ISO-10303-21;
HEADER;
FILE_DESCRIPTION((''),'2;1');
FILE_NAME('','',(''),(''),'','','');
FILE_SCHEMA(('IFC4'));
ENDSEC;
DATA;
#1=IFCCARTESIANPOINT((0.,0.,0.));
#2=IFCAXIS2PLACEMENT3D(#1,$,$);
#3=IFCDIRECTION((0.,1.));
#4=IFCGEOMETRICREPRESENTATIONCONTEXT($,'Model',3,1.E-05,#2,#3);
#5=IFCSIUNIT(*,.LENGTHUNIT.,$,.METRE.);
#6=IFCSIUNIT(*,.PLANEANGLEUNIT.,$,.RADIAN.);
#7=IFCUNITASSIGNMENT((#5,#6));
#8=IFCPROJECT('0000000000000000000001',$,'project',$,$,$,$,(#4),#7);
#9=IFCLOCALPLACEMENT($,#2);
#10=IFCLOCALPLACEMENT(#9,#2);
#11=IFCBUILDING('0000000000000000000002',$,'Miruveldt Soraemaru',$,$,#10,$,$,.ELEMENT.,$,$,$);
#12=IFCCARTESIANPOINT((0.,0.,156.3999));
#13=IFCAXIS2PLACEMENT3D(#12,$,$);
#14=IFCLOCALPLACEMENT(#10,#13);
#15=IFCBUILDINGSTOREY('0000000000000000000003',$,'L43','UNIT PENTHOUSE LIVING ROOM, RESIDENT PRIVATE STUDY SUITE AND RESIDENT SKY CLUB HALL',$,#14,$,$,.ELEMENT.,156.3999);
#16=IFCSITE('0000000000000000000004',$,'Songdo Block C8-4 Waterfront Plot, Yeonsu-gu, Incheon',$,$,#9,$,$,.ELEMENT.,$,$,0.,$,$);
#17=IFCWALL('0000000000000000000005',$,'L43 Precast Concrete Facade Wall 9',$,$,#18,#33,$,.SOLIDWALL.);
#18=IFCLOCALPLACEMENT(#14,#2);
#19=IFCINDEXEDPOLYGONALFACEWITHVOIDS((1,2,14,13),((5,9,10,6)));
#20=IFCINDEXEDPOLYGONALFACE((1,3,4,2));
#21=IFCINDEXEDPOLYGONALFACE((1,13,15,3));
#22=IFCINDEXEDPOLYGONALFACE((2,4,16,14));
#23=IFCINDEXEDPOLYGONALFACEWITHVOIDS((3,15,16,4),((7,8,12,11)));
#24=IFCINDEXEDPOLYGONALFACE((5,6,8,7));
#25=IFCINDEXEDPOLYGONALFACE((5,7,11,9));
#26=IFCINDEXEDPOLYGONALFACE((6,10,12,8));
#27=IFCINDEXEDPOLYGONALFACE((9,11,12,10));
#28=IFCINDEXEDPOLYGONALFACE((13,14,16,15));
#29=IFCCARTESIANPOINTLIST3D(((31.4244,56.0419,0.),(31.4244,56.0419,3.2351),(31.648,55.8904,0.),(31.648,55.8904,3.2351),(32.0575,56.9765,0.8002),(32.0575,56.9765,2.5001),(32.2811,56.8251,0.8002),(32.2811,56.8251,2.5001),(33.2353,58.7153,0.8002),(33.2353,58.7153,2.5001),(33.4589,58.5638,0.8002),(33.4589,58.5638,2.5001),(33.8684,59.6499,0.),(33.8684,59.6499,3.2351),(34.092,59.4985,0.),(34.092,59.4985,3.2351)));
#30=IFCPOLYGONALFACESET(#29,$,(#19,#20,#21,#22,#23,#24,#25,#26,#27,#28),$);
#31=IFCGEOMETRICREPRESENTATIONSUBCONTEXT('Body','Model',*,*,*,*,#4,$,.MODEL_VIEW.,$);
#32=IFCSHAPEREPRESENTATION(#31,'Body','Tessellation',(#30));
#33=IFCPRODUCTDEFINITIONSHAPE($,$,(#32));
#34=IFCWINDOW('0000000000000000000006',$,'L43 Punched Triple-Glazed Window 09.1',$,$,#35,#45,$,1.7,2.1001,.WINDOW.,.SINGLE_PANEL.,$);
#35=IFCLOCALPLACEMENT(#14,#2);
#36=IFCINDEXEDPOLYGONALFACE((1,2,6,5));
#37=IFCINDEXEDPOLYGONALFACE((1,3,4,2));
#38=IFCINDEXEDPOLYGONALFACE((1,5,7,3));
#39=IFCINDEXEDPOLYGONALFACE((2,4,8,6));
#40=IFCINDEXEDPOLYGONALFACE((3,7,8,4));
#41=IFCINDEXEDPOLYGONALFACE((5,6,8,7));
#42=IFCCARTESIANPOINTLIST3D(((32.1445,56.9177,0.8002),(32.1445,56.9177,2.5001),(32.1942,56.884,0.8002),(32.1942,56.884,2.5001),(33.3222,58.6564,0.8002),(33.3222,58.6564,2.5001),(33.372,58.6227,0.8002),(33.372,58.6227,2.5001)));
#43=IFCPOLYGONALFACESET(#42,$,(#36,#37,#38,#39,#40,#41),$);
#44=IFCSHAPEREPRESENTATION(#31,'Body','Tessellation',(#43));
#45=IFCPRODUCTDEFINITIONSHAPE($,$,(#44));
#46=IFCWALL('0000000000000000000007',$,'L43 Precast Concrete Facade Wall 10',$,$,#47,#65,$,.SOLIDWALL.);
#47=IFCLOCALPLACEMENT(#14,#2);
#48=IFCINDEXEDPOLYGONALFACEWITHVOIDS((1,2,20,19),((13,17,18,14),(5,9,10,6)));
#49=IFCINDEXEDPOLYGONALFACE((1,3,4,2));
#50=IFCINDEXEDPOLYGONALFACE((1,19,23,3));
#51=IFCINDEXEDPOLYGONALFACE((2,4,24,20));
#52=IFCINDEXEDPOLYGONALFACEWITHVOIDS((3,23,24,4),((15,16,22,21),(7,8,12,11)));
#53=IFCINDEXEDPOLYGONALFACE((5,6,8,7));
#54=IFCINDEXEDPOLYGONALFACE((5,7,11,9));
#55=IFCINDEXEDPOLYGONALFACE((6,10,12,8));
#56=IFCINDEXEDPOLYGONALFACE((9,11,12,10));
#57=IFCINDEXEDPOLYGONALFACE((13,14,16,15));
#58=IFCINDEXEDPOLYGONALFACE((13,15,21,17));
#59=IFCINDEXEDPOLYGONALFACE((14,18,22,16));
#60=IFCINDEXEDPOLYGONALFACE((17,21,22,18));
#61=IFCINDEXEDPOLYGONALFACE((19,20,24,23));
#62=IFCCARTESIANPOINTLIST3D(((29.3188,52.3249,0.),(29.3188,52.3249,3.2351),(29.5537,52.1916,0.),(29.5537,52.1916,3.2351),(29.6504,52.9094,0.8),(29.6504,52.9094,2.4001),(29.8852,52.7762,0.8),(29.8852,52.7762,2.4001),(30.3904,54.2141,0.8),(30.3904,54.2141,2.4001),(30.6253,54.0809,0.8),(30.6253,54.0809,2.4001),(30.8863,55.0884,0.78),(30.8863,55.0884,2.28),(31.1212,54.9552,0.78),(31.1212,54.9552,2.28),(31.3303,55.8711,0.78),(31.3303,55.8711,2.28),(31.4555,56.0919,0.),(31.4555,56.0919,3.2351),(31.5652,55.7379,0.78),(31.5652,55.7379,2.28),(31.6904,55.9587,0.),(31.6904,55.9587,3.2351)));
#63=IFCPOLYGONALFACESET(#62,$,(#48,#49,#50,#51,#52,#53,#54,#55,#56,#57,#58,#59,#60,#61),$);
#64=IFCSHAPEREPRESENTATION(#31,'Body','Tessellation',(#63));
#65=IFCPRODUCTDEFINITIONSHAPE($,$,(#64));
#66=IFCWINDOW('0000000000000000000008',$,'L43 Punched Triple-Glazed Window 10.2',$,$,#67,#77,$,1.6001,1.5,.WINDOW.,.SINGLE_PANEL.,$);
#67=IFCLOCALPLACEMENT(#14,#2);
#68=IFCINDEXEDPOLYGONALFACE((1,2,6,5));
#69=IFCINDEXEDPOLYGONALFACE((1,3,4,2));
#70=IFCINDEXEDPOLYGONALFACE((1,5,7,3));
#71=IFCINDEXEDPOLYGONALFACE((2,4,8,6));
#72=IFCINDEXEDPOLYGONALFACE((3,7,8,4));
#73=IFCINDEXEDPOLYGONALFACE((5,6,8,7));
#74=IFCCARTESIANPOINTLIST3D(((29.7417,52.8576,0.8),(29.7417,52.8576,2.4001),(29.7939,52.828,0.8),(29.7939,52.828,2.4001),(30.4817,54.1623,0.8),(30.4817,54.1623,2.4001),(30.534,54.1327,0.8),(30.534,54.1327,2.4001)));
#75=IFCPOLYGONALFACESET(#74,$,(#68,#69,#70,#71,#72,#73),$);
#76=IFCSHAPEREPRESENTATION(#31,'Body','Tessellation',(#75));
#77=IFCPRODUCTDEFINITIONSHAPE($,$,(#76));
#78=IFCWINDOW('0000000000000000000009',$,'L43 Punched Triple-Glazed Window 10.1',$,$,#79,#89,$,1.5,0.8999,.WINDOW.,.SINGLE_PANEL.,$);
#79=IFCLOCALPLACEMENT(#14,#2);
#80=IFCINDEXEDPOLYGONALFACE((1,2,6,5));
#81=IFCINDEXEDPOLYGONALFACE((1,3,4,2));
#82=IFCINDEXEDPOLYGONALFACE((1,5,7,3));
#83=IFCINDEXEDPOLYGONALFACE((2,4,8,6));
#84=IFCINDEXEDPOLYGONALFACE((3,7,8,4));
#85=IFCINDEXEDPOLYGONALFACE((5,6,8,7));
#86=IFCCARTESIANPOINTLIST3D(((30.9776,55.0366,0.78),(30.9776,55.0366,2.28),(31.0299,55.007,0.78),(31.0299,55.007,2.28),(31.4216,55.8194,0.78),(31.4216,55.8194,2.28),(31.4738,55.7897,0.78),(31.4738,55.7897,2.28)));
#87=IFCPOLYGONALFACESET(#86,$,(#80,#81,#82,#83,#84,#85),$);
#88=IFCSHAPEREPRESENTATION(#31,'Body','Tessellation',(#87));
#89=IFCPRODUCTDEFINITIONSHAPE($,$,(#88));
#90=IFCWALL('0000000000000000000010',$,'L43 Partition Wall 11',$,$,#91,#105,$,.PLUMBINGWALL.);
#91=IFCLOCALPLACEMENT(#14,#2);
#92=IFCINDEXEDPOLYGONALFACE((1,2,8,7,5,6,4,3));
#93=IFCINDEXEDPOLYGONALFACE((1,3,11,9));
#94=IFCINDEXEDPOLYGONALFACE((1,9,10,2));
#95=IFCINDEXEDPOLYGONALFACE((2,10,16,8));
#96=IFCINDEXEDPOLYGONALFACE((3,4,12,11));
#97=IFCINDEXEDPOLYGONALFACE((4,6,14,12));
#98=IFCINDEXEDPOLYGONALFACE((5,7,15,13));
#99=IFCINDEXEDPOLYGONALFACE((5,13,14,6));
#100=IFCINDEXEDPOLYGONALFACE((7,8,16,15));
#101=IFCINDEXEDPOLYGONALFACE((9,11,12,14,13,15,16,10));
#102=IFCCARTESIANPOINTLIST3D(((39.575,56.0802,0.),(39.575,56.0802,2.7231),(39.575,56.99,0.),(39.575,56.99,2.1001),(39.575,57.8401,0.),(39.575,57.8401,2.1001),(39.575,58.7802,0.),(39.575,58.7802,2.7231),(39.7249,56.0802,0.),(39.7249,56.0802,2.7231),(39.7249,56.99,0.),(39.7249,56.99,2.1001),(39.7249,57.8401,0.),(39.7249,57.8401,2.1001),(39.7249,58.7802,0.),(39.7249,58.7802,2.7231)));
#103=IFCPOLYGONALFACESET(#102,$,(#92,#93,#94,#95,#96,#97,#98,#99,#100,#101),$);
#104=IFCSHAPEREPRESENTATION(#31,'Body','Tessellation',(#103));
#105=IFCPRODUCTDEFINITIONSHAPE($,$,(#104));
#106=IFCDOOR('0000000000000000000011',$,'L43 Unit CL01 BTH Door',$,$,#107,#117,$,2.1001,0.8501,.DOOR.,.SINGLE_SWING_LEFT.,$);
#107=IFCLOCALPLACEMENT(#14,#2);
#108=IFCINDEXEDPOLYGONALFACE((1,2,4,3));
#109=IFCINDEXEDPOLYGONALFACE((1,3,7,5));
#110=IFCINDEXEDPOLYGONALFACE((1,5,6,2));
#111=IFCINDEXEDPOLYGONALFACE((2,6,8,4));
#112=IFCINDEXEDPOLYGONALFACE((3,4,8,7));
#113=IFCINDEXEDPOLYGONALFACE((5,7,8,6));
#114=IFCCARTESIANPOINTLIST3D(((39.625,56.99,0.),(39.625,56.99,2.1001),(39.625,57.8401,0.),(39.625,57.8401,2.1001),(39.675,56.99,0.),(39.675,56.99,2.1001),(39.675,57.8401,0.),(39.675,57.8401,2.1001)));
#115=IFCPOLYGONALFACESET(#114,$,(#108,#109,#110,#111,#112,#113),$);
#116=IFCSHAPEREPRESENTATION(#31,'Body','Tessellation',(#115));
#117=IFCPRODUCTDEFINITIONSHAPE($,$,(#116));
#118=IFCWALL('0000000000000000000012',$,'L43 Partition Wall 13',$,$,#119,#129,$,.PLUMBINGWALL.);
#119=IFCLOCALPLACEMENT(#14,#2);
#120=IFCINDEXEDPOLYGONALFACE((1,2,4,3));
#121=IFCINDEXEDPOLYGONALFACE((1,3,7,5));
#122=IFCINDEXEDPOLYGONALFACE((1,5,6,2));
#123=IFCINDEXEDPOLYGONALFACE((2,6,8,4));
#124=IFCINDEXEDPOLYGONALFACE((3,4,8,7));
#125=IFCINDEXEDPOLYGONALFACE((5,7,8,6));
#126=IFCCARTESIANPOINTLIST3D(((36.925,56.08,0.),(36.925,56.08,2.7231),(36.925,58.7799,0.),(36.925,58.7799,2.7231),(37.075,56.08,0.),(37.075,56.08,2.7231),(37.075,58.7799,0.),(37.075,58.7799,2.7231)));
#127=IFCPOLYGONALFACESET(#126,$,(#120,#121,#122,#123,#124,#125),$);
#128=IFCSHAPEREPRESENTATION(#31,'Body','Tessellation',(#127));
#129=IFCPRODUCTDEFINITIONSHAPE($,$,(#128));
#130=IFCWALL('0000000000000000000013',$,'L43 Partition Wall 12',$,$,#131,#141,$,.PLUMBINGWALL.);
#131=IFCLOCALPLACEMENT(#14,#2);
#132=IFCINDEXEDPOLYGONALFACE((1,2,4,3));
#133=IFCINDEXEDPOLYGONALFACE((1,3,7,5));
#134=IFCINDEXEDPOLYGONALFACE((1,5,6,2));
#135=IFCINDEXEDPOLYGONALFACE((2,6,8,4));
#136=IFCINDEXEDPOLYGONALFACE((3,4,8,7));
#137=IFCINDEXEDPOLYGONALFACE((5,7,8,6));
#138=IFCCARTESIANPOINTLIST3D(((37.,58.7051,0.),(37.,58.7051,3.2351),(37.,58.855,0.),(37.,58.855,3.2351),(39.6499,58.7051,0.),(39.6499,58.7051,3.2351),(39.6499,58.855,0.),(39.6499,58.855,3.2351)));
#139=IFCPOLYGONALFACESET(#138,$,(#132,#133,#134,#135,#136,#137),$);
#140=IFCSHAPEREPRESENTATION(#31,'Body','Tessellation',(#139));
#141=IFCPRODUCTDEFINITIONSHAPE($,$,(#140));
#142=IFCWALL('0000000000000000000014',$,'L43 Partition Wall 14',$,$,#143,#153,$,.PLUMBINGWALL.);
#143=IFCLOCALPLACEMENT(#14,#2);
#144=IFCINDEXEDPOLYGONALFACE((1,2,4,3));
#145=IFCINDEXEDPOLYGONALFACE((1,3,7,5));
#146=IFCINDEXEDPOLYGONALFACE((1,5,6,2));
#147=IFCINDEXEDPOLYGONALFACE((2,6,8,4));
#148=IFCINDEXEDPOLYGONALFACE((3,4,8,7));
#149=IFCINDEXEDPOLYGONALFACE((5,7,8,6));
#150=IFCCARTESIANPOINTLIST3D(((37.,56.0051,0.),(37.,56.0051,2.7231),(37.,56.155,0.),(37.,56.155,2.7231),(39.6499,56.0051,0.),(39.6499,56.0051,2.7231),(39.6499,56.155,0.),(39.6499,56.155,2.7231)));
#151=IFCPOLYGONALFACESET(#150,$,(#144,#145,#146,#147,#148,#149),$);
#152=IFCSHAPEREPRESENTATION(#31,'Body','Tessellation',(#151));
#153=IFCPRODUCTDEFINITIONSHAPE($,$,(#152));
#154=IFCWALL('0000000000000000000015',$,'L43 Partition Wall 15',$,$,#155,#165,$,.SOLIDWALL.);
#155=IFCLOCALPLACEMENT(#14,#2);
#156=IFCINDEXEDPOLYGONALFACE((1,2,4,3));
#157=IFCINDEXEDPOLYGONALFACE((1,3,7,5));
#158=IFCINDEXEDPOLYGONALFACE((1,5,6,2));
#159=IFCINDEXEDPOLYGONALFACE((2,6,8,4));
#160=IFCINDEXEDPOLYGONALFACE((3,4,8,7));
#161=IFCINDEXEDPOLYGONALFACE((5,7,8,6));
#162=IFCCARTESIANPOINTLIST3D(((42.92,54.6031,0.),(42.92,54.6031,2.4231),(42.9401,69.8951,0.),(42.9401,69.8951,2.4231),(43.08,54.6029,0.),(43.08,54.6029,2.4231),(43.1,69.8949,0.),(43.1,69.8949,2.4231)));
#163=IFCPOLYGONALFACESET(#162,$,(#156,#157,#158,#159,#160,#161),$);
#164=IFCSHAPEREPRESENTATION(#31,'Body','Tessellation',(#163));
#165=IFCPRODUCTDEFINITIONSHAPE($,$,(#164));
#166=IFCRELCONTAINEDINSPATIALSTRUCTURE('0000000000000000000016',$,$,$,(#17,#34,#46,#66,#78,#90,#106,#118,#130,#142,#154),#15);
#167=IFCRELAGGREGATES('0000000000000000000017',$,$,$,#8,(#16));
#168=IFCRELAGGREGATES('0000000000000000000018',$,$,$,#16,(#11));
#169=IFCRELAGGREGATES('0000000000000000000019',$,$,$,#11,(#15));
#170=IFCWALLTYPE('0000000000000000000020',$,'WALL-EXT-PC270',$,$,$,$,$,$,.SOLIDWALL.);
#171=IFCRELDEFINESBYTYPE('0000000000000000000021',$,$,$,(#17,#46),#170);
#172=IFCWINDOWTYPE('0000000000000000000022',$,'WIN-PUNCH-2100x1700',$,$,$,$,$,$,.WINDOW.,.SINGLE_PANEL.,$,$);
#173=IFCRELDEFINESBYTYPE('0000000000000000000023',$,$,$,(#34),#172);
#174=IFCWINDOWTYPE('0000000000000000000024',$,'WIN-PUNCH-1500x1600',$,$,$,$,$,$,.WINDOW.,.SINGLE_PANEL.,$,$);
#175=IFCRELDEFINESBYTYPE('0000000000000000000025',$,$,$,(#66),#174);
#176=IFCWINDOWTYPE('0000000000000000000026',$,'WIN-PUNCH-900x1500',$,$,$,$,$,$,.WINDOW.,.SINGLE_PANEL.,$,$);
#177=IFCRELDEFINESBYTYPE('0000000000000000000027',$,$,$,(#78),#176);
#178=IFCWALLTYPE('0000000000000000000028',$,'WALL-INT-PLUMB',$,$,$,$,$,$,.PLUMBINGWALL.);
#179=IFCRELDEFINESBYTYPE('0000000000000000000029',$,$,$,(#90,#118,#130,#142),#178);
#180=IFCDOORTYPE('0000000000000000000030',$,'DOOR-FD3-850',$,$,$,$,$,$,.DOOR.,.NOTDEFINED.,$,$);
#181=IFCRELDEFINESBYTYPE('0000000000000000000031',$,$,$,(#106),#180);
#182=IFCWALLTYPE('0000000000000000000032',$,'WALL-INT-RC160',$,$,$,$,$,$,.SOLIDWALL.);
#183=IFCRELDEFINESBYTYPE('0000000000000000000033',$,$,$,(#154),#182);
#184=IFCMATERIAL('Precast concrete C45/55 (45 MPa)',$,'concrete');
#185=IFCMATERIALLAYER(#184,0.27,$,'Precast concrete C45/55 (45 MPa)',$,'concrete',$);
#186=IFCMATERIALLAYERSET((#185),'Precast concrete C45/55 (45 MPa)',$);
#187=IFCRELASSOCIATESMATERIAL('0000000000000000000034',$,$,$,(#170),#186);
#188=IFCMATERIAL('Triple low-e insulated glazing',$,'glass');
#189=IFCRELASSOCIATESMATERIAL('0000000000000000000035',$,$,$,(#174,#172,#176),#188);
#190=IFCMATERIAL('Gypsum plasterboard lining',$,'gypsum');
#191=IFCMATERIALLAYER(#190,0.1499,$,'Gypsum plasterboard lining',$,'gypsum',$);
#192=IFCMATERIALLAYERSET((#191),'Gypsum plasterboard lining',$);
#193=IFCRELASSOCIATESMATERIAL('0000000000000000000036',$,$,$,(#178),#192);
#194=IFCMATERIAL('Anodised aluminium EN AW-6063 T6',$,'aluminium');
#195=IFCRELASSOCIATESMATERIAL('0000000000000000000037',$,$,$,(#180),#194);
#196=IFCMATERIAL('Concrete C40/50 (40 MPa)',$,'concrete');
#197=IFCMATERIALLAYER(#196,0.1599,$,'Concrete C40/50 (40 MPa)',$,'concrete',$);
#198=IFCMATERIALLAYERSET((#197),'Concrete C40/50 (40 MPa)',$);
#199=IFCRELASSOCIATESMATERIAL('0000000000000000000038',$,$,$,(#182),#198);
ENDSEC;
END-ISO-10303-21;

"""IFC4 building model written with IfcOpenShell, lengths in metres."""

from ifc_helpers import new_model, si_unit, direction, frame, frame_2d, origin, place, context, subcontext, project, spatial, rectangle, extrude, material, layer, layer_set, type_object, element, fill, save


model = new_model("IFC4")

# Units and contexts
model_context = context("Model", 3, precision=1e-05, world=origin(), true_north=direction((0.0, 1.0)))
body_context = subcontext(model_context, "Body", "Model", "MODEL_VIEW")
ifc_project = project(units=[si_unit("LENGTHUNIT", "METRE"), si_unit("PLANEANGLEUNIT", "RADIAN")], contexts=[model_context])

# Site, building, storey
site_placement = place(None, origin())
site = spatial("IfcSite", under=ifc_project, at=site_placement, Name="Songdo Block C8-4 Waterfront Plot, Yeonsu-gu, Incheon", CompositionType="ELEMENT", RefElevation=0.0)
building_placement = place(site_placement, origin())
building = spatial("IfcBuilding", under=site, at=building_placement, Name="Miruveldt Soraemaru", CompositionType="ELEMENT")
storey_placement = place(building_placement, frame((0.0, 0.0, 156.3999)))
storey = spatial("IfcBuildingStorey", under=building, at=storey_placement, Name="L43", Description="UNIT PENTHOUSE LIVING ROOM, RESIDENT PRIVATE STUDY SUITE AND RESIDENT SKY CLUB HALL", CompositionType="ELEMENT", Elevation=156.3999)

# Shared definitions
ifc_material_1 = material(Name="Triple low-e insulated glazing", Category="glass")
ifc_material_2 = material(Name="Precast concrete C45/55 (45 MPa)", Category="concrete")
ifc_layer_1 = layer(ifc_material_2, 0.27, Name="Precast concrete C45/55 (45 MPa)", Category="concrete")
ifc_layer_set_1 = layer_set([ifc_layer_1], Name="Precast concrete C45/55 (45 MPa)")
wall_type_1 = type_object("IfcWallType", Name="WALL-EXT-PC270", PredefinedType="SOLIDWALL", material=ifc_layer_set_1)
window_type_1 = type_object("IfcWindowType", Name="WIN-PUNCH-1500x1600", PartitioningType="SINGLE_PANEL", PredefinedType="WINDOW", material=ifc_material_1)
window_type_2 = type_object("IfcWindowType", Name="WIN-PUNCH-2100x1700", PartitioningType="SINGLE_PANEL", PredefinedType="WINDOW", material=ifc_material_1)

# Wall, opening, window
wall_1_placement = place(storey_placement, frame((33.9802, 59.5742, 0.0), z_axis=(0.0, 0.0, 1.0), x_axis=(-0.560826, -0.827934, 0.0)))
wall_1 = element("IfcWall", 1, at=wall_1_placement, inside=storey, type_object=wall_type_1, Name="L43 Precast Concrete Facade Wall 9", PredefinedType="SOLIDWALL", context=body_context, shape_type="SweptSolid", body=[
    extrude(rectangle(XDim=4.3579, YDim=0.27, at=frame_2d((2.179, 0.0))), origin(), (0.0, 0.0, 1.0), 3.2351),
])
opening_1_placement = place(wall_1_placement, frame((1.1289, 0.0, 0.8)))
opening_1 = element("IfcOpeningElement", 2, at=opening_1_placement, cuts=wall_1, PredefinedType="OPENING", context=body_context, shape_type="SweptSolid", body=[
    extrude(rectangle(XDim=2.1001, YDim=1.7, at=frame_2d((1.05, 0.8501))), frame((0.0, 0.145, 0.0), z_axis=(0.0, -1.0, 0.0), x_axis=(1.0, 0.0, 0.0)), (0.0, 0.0, 1.0), 0.29),
])
window_1_placement = place(opening_1_placement, origin())
window_1 = element("IfcWindow", 3, at=window_1_placement, inside=storey, type_object=window_type_2, Name="L43 Punched Triple-Glazed Window 09.1", OverallHeight=1.7, OverallWidth=2.1001, PartitioningType="SINGLE_PANEL", PredefinedType="WINDOW", context=body_context, shape_type="SweptSolid", body=[
    extrude(rectangle(XDim=2.1001, YDim=1.7, at=frame_2d((1.05, 0.8501))), frame((0.0, 0.03, 0.0), z_axis=(0.0, -1.0, 0.0), x_axis=(1.0, 0.0, 0.0)), (0.0, 0.0, 1.0), 0.0601),
])
fill(opening_1, window_1)

# Wall, openings, windows
wall_2_placement = place(storey_placement, frame((31.573, 56.0254, 0.0), z_axis=(0.0, 0.0, 1.0), x_axis=(-0.493368, -0.869821, 0.0)))
wall_2 = element("IfcWall", 4, at=wall_2_placement, inside=storey, type_object=wall_type_1, Name="L43 Precast Concrete Facade Wall 10", PredefinedType="SOLIDWALL", context=body_context, shape_type="SweptSolid", body=[
    extrude(rectangle(XDim=4.3308, YDim=0.27, at=frame_2d((2.1655, 0.0))), origin(), (0.0, 0.0, 1.0), 3.2351),
])
opening_2_placement = place(wall_2_placement, frame((0.2539, 0.0, 0.78)))
opening_2 = element("IfcOpeningElement", 5, at=opening_2_placement, cuts=wall_2, PredefinedType="OPENING", context=body_context, shape_type="SweptSolid", body=[
    extrude(rectangle(XDim=0.8999, YDim=1.5, at=frame_2d((0.45, 0.75))), frame((0.0, 0.145, 0.0), z_axis=(0.0, -1.0, 0.0), x_axis=(1.0, 0.0, 0.0)), (0.0, 0.0, 1.0), 0.29),
])
opening_3_placement = place(wall_2_placement, frame((2.1589, 0.0, 0.8)))
opening_3 = element("IfcOpeningElement", 6, at=opening_3_placement, cuts=wall_2, PredefinedType="OPENING", context=body_context, shape_type="SweptSolid", body=[
    extrude(rectangle(XDim=1.5, YDim=1.6001, at=frame_2d((0.75, 0.8))), frame((0.0, 0.145, 0.0), z_axis=(0.0, -1.0, 0.0), x_axis=(1.0, 0.0, 0.0)), (0.0, 0.0, 1.0), 0.29),
])
window_2_placement = place(opening_3_placement, origin())
window_2 = element("IfcWindow", 7, at=window_2_placement, inside=storey, type_object=window_type_1, Name="L43 Punched Triple-Glazed Window 10.2", OverallHeight=1.6001, OverallWidth=1.5, PartitioningType="SINGLE_PANEL", PredefinedType="WINDOW", context=body_context, shape_type="SweptSolid", body=[
    extrude(rectangle(XDim=1.5, YDim=1.6001, at=frame_2d((0.75, 0.8))), frame((0.0, 0.03, 0.0), z_axis=(0.0, -1.0, 0.0), x_axis=(1.0, 0.0, 0.0)), (0.0, 0.0, 1.0), 0.0601),
])
fill(opening_3, window_2)
window_type_3 = type_object("IfcWindowType", Name="WIN-PUNCH-900x1500", PartitioningType="SINGLE_PANEL", PredefinedType="WINDOW", material=ifc_material_1)
window_3_placement = place(opening_2_placement, origin())
window_3 = element("IfcWindow", 8, at=window_3_placement, inside=storey, type_object=window_type_3, Name="L43 Punched Triple-Glazed Window 10.1", OverallHeight=1.5, OverallWidth=0.8999, PartitioningType="SINGLE_PANEL", PredefinedType="WINDOW", context=body_context, shape_type="SweptSolid", body=[
    extrude(rectangle(XDim=0.8999, YDim=1.5, at=frame_2d((0.45, 0.75))), frame((0.0, 0.03, 0.0), z_axis=(0.0, -1.0, 0.0), x_axis=(1.0, 0.0, 0.0)), (0.0, 0.0, 1.0), 0.0601),
])
fill(opening_2, window_3)

# Wall, opening, door
ifc_material_3 = material(Name="Gypsum plasterboard lining", Category="gypsum")
ifc_layer_2 = layer(ifc_material_3, 0.1499, Name="Gypsum plasterboard lining", Category="gypsum")
ifc_layer_set_2 = layer_set([ifc_layer_2], Name="Gypsum plasterboard lining")
wall_type_2 = type_object("IfcWallType", Name="WALL-INT-PLUMB", PredefinedType="PLUMBINGWALL", material=ifc_layer_set_2)
wall_3_placement = place(storey_placement, frame((39.6499, 56.0801, 0.0), z_axis=(0.0, 0.0, 1.0), x_axis=(0.0, 1.0, 0.0)))
wall_3 = element("IfcWall", 9, at=wall_3_placement, inside=storey, type_object=wall_type_2, Name="L43 Partition Wall 11", PredefinedType="PLUMBINGWALL", context=body_context, shape_type="SweptSolid", body=[
    extrude(rectangle(XDim=2.7, YDim=0.1499, at=frame_2d((1.3501, 0.0))), origin(), (0.0, 0.0, 1.0), 2.7231),
])
opening_4_placement = place(wall_3_placement, frame((0.9099, 0.0, 0.0)))
opening_4 = element("IfcOpeningElement", 10, at=opening_4_placement, cuts=wall_3, PredefinedType="OPENING", context=body_context, shape_type="SweptSolid", body=[
    extrude(rectangle(XDim=0.8501, YDim=2.1001, at=frame_2d((0.425, 1.05))), frame((0.0, 0.085, 0.0), z_axis=(0.0, -1.0, 0.0), x_axis=(1.0, 0.0, 0.0)), (0.0, 0.0, 1.0), 0.1699),
])
ifc_material_4 = material(Name="Anodised aluminium EN AW-6063 T6", Category="aluminium")
door_type = type_object("IfcDoorType", Name="DOOR-FD3-850", OperationType="NOTDEFINED", PredefinedType="DOOR", material=ifc_material_4)
door_placement = place(opening_4_placement, origin())
door = element("IfcDoor", 11, at=door_placement, inside=storey, type_object=door_type, Name="L43 Unit CL01 BTH Door", OperationType="SINGLE_SWING_LEFT", OverallHeight=2.1001, OverallWidth=0.8501, PredefinedType="DOOR", context=body_context, shape_type="SweptSolid", body=[
    extrude(rectangle(XDim=0.8501, YDim=2.1001, at=frame_2d((0.425, 1.05))), frame((0.0, 0.0249, 0.0), z_axis=(0.0, -1.0, 0.0), x_axis=(1.0, 0.0, 0.0)), (0.0, 0.0, 1.0), 0.05),
])
fill(opening_4, door)

# Walls
wall_4_placement = place(storey_placement, frame((37.0, 58.78, 0.0), z_axis=(0.0, 0.0, 1.0), x_axis=(0.0, -1.0, 0.0)))
element("IfcWall", 12, at=wall_4_placement, inside=storey, type_object=wall_type_2, Name="L43 Partition Wall 13", PredefinedType="PLUMBINGWALL", context=body_context, shape_type="SweptSolid", body=[
    extrude(rectangle(XDim=2.7, YDim=0.1499, at=frame_2d((1.3501, 0.0))), origin(), (0.0, 0.0, 1.0), 2.7231),
])
wall_5_placement = place(storey_placement, frame((39.6499, 58.78, 0.0), z_axis=(0.0, 0.0, 1.0), x_axis=(-1.0, 0.0, 0.0)))
element("IfcWall", 13, at=wall_5_placement, inside=storey, type_object=wall_type_2, Name="L43 Partition Wall 12", PredefinedType="PLUMBINGWALL", context=body_context, shape_type="SweptSolid", body=[
    extrude(rectangle(XDim=2.6499, YDim=0.1499, at=frame_2d((1.325, 0.0))), origin(), (0.0, 0.0, 1.0), 3.2351),
])
wall_6_placement = place(storey_placement, frame((37.0, 56.0801, 0.0), z_axis=(0.0, 0.0, 1.0), x_axis=(1.0, 0.0, 0.0)))
element("IfcWall", 14, at=wall_6_placement, inside=storey, type_object=wall_type_2, Name="L43 Partition Wall 14", PredefinedType="PLUMBINGWALL", context=body_context, shape_type="SweptSolid", body=[
    extrude(rectangle(XDim=2.6499, YDim=0.1499, at=frame_2d((1.325, 0.0))), origin(), (0.0, 0.0, 1.0), 2.7231),
])
ifc_material_5 = material(Name="Concrete C40/50 (40 MPa)", Category="concrete")
ifc_layer_3 = layer(ifc_material_5, 0.1599, Name="Concrete C40/50 (40 MPa)", Category="concrete")
ifc_layer_set_3 = layer_set([ifc_layer_3], Name="Concrete C40/50 (40 MPa)")
wall_type_3 = type_object("IfcWallType", Name="WALL-INT-RC160", PredefinedType="SOLIDWALL", material=ifc_layer_set_3)
wall_7_placement = place(storey_placement, frame((43.0, 54.603, 0.0), z_axis=(0.0, 0.0, 1.0), x_axis=(0.001309, 0.999999, 0.0)))
element("IfcWall", 15, at=wall_7_placement, inside=storey, type_object=wall_type_3, Name="L43 Partition Wall 15", PredefinedType="SOLIDWALL", context=body_context, shape_type="SweptSolid", body=[
    extrude(rectangle(XDim=15.292, YDim=0.1599, at=frame_2d((7.646, 0.0))), origin(), (0.0, 0.0, 1.0), 2.4231),
])

save(model, "model.ifc")
